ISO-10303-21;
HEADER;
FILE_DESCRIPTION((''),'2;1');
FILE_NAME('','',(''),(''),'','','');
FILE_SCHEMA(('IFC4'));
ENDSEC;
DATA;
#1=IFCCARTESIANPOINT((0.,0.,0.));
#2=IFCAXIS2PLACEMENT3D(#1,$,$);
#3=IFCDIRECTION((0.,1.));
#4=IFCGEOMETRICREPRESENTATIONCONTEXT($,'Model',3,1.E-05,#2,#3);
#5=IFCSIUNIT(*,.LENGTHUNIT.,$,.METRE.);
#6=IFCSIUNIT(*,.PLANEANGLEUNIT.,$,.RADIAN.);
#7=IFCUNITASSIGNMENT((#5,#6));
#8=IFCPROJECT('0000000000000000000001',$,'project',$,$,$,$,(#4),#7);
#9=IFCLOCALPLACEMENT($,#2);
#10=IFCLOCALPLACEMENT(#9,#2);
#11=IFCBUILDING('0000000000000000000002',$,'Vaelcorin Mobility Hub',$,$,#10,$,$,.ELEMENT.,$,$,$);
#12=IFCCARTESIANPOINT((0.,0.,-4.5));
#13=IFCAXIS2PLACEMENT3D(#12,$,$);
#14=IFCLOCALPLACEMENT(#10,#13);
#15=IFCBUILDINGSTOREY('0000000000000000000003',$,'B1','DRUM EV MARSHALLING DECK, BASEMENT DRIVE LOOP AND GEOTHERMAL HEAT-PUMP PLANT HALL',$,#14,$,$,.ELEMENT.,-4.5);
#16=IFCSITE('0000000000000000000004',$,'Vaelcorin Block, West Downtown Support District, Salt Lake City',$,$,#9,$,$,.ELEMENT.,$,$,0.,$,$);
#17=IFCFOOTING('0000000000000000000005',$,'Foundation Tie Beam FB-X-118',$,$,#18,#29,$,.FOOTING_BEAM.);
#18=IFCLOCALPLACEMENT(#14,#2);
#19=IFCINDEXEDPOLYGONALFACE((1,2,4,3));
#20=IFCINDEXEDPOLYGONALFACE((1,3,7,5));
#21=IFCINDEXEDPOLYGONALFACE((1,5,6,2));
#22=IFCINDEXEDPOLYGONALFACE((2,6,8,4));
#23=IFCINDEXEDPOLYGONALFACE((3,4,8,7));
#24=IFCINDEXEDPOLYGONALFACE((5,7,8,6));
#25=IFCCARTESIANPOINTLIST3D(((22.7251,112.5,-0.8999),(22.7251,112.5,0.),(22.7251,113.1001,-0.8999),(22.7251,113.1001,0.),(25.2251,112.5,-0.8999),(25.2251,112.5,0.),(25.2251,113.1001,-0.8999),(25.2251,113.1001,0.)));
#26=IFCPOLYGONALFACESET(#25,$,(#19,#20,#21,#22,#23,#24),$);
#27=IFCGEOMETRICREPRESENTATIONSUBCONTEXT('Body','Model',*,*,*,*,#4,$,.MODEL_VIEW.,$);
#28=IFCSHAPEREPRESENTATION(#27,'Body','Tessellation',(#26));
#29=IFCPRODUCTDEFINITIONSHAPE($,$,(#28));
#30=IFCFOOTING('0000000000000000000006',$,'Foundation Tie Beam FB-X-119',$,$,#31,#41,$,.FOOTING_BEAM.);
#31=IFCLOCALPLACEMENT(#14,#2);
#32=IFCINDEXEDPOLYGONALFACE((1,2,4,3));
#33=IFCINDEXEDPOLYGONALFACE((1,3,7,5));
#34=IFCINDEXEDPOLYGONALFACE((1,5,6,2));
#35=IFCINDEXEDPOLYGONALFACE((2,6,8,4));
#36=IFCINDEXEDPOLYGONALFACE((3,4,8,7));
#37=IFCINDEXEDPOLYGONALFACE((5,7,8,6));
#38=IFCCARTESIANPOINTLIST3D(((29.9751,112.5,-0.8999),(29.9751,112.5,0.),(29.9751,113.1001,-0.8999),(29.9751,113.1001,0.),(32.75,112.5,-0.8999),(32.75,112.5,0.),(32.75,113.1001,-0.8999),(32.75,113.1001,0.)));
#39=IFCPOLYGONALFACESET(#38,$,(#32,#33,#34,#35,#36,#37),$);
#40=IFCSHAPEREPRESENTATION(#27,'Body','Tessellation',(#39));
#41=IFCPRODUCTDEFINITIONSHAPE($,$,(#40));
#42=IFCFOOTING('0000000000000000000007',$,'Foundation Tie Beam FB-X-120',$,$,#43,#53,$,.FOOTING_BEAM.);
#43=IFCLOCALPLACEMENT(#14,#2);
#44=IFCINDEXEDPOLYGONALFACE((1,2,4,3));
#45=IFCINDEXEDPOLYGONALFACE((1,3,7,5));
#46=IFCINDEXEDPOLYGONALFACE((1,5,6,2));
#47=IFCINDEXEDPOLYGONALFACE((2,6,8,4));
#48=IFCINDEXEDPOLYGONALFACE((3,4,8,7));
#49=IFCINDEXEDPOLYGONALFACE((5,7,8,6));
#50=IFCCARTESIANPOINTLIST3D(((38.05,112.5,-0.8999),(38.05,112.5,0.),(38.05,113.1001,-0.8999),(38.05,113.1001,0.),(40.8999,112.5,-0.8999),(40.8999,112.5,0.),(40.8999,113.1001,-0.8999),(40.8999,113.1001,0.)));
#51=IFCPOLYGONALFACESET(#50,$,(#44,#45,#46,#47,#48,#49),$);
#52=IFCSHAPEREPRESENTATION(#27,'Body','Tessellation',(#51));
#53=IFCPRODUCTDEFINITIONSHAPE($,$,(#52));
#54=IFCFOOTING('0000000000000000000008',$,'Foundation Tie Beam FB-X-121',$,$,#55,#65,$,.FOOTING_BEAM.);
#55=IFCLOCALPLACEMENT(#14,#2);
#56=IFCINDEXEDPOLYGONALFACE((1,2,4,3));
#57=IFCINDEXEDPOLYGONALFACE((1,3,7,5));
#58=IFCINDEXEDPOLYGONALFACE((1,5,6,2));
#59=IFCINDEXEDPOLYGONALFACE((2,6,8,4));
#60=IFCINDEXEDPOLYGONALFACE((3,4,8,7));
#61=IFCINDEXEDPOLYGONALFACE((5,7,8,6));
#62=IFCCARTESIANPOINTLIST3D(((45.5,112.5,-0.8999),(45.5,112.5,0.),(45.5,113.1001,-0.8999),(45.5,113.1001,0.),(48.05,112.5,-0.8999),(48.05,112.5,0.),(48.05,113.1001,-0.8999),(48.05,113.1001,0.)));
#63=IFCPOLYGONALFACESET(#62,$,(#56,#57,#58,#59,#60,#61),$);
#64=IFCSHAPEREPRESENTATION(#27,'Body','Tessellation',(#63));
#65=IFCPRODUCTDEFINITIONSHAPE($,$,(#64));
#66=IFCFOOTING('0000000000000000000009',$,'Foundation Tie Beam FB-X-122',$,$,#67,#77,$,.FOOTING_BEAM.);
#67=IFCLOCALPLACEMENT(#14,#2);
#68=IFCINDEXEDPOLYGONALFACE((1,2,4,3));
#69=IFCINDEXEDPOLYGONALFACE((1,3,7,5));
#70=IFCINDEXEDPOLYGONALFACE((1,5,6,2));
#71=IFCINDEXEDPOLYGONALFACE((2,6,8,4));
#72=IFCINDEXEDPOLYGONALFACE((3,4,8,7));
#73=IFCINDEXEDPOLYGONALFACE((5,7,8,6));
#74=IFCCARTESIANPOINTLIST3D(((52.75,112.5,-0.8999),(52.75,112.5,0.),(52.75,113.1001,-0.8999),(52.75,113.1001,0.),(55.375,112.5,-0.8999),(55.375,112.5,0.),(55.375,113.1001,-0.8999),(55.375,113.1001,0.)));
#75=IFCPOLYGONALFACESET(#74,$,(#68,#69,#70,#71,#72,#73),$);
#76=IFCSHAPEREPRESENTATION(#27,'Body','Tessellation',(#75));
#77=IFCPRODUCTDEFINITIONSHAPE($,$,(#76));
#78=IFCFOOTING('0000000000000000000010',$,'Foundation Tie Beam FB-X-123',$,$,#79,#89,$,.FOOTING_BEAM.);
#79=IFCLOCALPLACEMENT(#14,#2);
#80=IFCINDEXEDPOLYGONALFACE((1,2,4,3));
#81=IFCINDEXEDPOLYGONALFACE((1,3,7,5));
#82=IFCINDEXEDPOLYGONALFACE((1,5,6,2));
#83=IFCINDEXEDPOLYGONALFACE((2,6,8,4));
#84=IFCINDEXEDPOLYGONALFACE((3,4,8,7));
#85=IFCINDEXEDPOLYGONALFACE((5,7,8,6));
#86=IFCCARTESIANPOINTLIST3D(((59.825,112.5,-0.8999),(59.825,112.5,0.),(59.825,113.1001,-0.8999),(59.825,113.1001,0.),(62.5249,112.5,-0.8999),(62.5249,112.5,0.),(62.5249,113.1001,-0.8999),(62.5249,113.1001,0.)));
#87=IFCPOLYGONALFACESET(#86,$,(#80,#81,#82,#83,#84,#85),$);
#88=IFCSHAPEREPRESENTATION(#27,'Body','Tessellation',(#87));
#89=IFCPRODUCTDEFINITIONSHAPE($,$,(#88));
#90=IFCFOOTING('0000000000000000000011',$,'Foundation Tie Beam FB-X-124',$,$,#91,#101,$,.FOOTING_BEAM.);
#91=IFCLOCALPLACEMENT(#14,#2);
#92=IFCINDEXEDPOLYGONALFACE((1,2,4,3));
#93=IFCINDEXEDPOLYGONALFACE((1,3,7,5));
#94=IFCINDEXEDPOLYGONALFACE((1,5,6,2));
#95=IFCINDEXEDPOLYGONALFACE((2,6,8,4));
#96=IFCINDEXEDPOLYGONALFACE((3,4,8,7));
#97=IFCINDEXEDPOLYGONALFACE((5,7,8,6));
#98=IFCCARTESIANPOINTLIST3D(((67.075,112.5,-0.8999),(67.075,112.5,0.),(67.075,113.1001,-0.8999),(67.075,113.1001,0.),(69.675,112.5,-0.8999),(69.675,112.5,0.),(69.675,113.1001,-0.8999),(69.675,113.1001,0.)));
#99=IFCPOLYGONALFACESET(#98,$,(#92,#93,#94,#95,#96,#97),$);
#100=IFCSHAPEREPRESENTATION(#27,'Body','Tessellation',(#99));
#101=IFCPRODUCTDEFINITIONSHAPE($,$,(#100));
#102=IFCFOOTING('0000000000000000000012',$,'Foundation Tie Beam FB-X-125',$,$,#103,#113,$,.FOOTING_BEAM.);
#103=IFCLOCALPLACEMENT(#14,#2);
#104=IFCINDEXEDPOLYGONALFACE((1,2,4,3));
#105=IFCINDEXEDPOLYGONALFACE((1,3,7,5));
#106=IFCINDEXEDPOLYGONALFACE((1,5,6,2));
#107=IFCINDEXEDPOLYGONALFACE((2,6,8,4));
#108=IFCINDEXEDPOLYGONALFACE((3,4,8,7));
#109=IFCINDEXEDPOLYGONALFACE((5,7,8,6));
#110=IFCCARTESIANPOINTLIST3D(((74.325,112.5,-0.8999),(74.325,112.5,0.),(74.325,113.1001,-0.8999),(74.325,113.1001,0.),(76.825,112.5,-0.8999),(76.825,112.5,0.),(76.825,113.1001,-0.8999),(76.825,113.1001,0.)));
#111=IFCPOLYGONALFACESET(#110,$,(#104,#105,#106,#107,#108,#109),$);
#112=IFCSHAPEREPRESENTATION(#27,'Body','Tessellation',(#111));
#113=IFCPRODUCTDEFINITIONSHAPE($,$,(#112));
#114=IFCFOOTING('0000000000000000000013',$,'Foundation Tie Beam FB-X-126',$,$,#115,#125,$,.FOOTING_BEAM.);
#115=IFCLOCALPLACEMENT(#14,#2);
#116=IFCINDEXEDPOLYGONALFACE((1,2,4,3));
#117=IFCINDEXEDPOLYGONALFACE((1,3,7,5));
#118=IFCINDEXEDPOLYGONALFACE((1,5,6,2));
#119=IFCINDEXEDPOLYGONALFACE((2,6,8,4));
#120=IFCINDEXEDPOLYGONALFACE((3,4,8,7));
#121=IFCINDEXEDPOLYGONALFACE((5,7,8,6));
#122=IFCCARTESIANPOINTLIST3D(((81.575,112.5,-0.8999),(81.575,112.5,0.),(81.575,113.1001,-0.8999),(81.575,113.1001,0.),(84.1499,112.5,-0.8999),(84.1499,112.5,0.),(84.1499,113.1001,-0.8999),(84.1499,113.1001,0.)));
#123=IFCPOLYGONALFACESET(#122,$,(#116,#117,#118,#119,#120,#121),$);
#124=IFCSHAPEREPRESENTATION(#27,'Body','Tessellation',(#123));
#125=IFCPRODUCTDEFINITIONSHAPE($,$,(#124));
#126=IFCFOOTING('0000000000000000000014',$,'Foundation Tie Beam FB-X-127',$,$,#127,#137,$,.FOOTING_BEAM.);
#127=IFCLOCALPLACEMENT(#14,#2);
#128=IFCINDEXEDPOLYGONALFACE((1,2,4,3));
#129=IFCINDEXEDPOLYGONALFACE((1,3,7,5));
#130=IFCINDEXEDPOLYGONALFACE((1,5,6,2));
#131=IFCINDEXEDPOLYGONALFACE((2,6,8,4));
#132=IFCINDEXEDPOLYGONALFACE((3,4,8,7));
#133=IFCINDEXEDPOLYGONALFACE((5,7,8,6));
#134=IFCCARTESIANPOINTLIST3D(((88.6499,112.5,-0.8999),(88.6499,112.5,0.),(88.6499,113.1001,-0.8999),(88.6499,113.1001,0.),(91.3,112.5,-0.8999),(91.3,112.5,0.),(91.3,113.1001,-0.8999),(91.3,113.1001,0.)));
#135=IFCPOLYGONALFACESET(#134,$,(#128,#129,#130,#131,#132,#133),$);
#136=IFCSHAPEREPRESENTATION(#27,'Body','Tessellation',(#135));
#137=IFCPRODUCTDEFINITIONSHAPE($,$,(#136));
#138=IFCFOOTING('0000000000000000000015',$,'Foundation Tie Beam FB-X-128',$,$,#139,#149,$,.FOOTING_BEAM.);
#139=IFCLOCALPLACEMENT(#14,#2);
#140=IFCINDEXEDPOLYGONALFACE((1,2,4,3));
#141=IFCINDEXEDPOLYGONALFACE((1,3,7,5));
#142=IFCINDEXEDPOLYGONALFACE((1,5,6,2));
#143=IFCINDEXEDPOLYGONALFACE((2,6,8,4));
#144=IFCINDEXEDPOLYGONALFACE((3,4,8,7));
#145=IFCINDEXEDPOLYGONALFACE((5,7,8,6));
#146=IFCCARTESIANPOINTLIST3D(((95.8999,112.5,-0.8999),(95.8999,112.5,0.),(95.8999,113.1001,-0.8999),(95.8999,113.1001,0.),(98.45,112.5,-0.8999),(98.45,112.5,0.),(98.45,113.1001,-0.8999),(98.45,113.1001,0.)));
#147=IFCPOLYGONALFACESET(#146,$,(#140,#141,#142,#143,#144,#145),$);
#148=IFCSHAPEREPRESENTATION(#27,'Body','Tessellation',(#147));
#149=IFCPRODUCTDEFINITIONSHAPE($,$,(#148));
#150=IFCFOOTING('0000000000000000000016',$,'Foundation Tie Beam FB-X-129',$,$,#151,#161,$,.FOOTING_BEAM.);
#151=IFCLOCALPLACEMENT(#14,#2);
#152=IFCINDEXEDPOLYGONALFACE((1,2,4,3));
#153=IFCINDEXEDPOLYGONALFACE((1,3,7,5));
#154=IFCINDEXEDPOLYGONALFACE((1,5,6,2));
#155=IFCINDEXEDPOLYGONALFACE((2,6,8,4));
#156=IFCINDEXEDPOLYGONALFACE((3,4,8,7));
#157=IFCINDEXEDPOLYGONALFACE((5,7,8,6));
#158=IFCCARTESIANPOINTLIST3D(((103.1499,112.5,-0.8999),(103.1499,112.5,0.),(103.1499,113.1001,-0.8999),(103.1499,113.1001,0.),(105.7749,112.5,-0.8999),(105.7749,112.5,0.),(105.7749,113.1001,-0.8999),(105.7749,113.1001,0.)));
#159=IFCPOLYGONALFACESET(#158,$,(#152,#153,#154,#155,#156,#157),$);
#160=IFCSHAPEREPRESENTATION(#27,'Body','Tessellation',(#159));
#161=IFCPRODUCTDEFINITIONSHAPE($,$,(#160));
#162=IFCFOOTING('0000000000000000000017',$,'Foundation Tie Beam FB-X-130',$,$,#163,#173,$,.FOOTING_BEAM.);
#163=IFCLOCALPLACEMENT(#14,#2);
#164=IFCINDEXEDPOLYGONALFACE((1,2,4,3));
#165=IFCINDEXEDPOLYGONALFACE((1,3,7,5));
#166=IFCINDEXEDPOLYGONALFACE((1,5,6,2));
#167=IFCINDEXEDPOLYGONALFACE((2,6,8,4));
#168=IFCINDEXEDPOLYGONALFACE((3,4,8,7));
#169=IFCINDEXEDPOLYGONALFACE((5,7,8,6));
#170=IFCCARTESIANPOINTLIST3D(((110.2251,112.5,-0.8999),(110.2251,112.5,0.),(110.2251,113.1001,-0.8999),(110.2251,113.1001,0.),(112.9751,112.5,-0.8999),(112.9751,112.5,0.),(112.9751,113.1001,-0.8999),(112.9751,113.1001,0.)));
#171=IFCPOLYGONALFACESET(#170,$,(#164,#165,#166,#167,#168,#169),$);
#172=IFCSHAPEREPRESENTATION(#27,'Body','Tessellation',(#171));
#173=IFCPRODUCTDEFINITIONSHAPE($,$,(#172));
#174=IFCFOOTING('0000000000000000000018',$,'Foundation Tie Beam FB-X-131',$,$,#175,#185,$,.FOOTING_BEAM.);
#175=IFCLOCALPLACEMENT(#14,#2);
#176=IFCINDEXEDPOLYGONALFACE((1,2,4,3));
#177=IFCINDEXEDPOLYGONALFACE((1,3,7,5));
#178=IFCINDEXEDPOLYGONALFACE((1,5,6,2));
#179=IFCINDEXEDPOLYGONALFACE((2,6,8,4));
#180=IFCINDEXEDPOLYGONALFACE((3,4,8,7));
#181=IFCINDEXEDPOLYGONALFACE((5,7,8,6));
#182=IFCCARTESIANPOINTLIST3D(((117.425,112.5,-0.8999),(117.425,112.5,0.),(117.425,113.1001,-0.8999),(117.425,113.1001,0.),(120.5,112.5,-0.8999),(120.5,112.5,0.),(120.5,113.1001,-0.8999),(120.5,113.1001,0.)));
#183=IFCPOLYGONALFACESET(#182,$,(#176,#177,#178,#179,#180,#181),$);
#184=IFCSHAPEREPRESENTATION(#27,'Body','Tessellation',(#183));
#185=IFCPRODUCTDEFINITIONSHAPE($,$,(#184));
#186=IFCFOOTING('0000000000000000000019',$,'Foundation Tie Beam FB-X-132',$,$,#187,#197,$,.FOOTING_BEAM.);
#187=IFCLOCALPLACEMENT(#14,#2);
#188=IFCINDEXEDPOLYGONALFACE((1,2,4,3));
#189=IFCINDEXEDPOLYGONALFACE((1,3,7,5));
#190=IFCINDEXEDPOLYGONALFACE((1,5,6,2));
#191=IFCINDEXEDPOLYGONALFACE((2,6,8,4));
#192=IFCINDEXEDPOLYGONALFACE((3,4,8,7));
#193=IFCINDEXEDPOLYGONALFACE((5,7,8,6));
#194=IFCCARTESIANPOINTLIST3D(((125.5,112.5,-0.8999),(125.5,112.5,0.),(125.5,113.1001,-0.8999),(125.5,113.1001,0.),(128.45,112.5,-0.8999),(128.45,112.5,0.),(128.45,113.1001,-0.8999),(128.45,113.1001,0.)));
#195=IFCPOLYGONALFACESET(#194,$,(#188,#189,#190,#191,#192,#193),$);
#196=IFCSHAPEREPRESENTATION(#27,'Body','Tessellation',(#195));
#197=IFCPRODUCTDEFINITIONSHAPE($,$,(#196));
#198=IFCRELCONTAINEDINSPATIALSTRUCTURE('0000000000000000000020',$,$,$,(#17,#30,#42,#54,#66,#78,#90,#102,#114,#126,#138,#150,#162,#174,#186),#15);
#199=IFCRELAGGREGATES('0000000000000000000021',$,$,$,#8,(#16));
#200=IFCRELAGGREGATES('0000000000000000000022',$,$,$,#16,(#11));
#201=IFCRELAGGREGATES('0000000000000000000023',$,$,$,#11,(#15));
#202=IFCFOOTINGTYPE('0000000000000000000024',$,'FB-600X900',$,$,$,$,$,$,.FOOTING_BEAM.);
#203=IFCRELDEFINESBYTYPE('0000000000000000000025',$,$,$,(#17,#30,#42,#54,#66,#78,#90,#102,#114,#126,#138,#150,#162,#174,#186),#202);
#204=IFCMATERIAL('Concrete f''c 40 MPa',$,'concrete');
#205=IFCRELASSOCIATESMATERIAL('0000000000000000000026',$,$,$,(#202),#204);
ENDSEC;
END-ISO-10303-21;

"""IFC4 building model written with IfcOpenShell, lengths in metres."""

from ifc_helpers import new_model, si_unit, direction, frame, origin, place, context, subcontext, project, spatial, polyline, outline, extrude, material, type_object, element, save


model = new_model("IFC4")

# Units and contexts
model_context = context("Model", 3, precision=1e-05, world=origin(), true_north=direction((0.0, 1.0)))
body_context = subcontext(model_context, "Body", "Model", "MODEL_VIEW")
ifc_project = project(units=[si_unit("LENGTHUNIT", "METRE"), si_unit("PLANEANGLEUNIT", "RADIAN")], contexts=[model_context])

# Site, building, storey
site_placement = place(None, origin())
site = spatial("IfcSite", under=ifc_project, at=site_placement, Name="Vaelcorin Block, West Downtown Support District, Salt Lake City", CompositionType="ELEMENT", RefElevation=0.0)
building_placement = place(site_placement, origin())
building = spatial("IfcBuilding", under=site, at=building_placement, Name="Vaelcorin Mobility Hub", CompositionType="ELEMENT")
storey_placement = place(building_placement, frame((0.0, 0.0, -4.5)))
storey = spatial("IfcBuildingStorey", under=building, at=storey_placement, Name="B1", Description="DRUM EV MARSHALLING DECK, BASEMENT DRIVE LOOP AND GEOTHERMAL HEAT-PUMP PLANT HALL", CompositionType="ELEMENT", Elevation=-4.5)

# Footings
ifc_material = material(Name="Concrete f'c 40 MPa", Category="concrete")
footing_type = type_object("IfcFootingType", Name="FB-600X900", PredefinedType="FOOTING_BEAM", material=ifc_material)
footing_1_placement = place(storey_placement, frame((0.0, 0.0, -0.8999)))
element("IfcFooting", 1, at=footing_1_placement, inside=storey, type_object=footing_type, Name="Foundation Tie Beam FB-X-118", PredefinedType="FOOTING_BEAM", context=body_context, shape_type="SweptSolid", body=[
    extrude(outline(polyline([(22.7251, 112.5), (25.2251, 112.5), (25.2251, 113.1001), (22.7251, 113.1001), (22.7251, 112.5)])), origin(), (0.0, 0.0, 1.0), 0.8999),
])
footing_2_placement = place(storey_placement, frame((0.0, 0.0, -0.8999)))
element("IfcFooting", 2, at=footing_2_placement, inside=storey, type_object=footing_type, Name="Foundation Tie Beam FB-X-119", PredefinedType="FOOTING_BEAM", context=body_context, shape_type="SweptSolid", body=[
    extrude(outline(polyline([(29.9751, 112.5), (32.75, 112.5), (32.75, 113.1001), (29.9751, 113.1001), (29.9751, 112.5)])), origin(), (0.0, 0.0, 1.0), 0.8999),
])
footing_3_placement = place(storey_placement, frame((0.0, 0.0, -0.8999)))
element("IfcFooting", 3, at=footing_3_placement, inside=storey, type_object=footing_type, Name="Foundation Tie Beam FB-X-120", PredefinedType="FOOTING_BEAM", context=body_context, shape_type="SweptSolid", body=[
    extrude(outline(polyline([(38.05, 112.5), (40.8999, 112.5), (40.8999, 113.1001), (38.05, 113.1001), (38.05, 112.5)])), origin(), (0.0, 0.0, 1.0), 0.8999),
])
footing_4_placement = place(storey_placement, frame((0.0, 0.0, -0.8999)))
element("IfcFooting", 4, at=footing_4_placement, inside=storey, type_object=footing_type, Name="Foundation Tie Beam FB-X-121", PredefinedType="FOOTING_BEAM", context=body_context, shape_type="SweptSolid", body=[
    extrude(outline(polyline([(45.5, 112.5), (48.05, 112.5), (48.05, 113.1001), (45.5, 113.1001), (45.5, 112.5)])), origin(), (0.0, 0.0, 1.0), 0.8999),
])
footing_5_placement = place(storey_placement, frame((0.0, 0.0, -0.8999)))
element("IfcFooting", 5, at=footing_5_placement, inside=storey, type_object=footing_type, Name="Foundation Tie Beam FB-X-122", PredefinedType="FOOTING_BEAM", context=body_context, shape_type="SweptSolid", body=[
    extrude(outline(polyline([(52.75, 112.5), (55.375, 112.5), (55.375, 113.1001), (52.75, 113.1001), (52.75, 112.5)])), origin(), (0.0, 0.0, 1.0), 0.8999),
])
footing_6_placement = place(storey_placement, frame((0.0, 0.0, -0.8999)))
element("IfcFooting", 6, at=footing_6_placement, inside=storey, type_object=footing_type, Name="Foundation Tie Beam FB-X-123", PredefinedType="FOOTING_BEAM", context=body_context, shape_type="SweptSolid", body=[
    extrude(outline(polyline([(59.825, 112.5), (62.5249, 112.5), (62.5249, 113.1001), (59.825, 113.1001), (59.825, 112.5)])), origin(), (0.0, 0.0, 1.0), 0.8999),
])
footing_7_placement = place(storey_placement, frame((0.0, 0.0, -0.8999)))
element("IfcFooting", 7, at=footing_7_placement, inside=storey, type_object=footing_type, Name="Foundation Tie Beam FB-X-124", PredefinedType="FOOTING_BEAM", context=body_context, shape_type="SweptSolid", body=[
    extrude(outline(polyline([(67.075, 112.5), (69.675, 112.5), (69.675, 113.1001), (67.075, 113.1001), (67.075, 112.5)])), origin(), (0.0, 0.0, 1.0), 0.8999),
])
footing_8_placement = place(storey_placement, frame((0.0, 0.0, -0.8999)))
element("IfcFooting", 8, at=footing_8_placement, inside=storey, type_object=footing_type, Name="Foundation Tie Beam FB-X-125", PredefinedType="FOOTING_BEAM", context=body_context, shape_type="SweptSolid", body=[
    extrude(outline(polyline([(74.325, 112.5), (76.825, 112.5), (76.825, 113.1001), (74.325, 113.1001), (74.325, 112.5)])), origin(), (0.0, 0.0, 1.0), 0.8999),
])
footing_9_placement = place(storey_placement, frame((0.0, 0.0, -0.8999)))
element("IfcFooting", 9, at=footing_9_placement, inside=storey, type_object=footing_type, Name="Foundation Tie Beam FB-X-126", PredefinedType="FOOTING_BEAM", context=body_context, shape_type="SweptSolid", body=[
    extrude(outline(polyline([(81.575, 112.5), (84.1499, 112.5), (84.1499, 113.1001), (81.575, 113.1001), (81.575, 112.5)])), origin(), (0.0, 0.0, 1.0), 0.8999),
])
footing_10_placement = place(storey_placement, frame((0.0, 0.0, -0.8999)))
element("IfcFooting", 10, at=footing_10_placement, inside=storey, type_object=footing_type, Name="Foundation Tie Beam FB-X-127", PredefinedType="FOOTING_BEAM", context=body_context, shape_type="SweptSolid", body=[
    extrude(outline(polyline([(88.6499, 112.5), (91.3, 112.5), (91.3, 113.1001), (88.6499, 113.1001), (88.6499, 112.5)])), origin(), (0.0, 0.0, 1.0), 0.8999),
])
footing_11_placement = place(storey_placement, frame((0.0, 0.0, -0.8999)))
element("IfcFooting", 11, at=footing_11_placement, inside=storey, type_object=footing_type, Name="Foundation Tie Beam FB-X-128", PredefinedType="FOOTING_BEAM", context=body_context, shape_type="SweptSolid", body=[
    extrude(outline(polyline([(95.8999, 112.5), (98.45, 112.5), (98.45, 113.1001), (95.8999, 113.1001), (95.8999, 112.5)])), origin(), (0.0, 0.0, 1.0), 0.8999),
])
footing_12_placement = place(storey_placement, frame((0.0, 0.0, -0.8999)))
element("IfcFooting", 12, at=footing_12_placement, inside=storey, type_object=footing_type, Name="Foundation Tie Beam FB-X-129", PredefinedType="FOOTING_BEAM", context=body_context, shape_type="SweptSolid", body=[
    extrude(outline(polyline([(103.1499, 112.5), (105.7749, 112.5), (105.7749, 113.1001), (103.1499, 113.1001), (103.1499, 112.5)])), origin(), (0.0, 0.0, 1.0), 0.8999),
])
footing_13_placement = place(storey_placement, frame((0.0, 0.0, -0.8999)))
element("IfcFooting", 13, at=footing_13_placement, inside=storey, type_object=footing_type, Name="Foundation Tie Beam FB-X-130", PredefinedType="FOOTING_BEAM", context=body_context, shape_type="SweptSolid", body=[
    extrude(outline(polyline([(110.2251, 112.5), (112.9751, 112.5), (112.9751, 113.1001), (110.2251, 113.1001), (110.2251, 112.5)])), origin(), (0.0, 0.0, 1.0), 0.8999),
])
footing_14_placement = place(storey_placement, frame((0.0, 0.0, -0.8999)))
element("IfcFooting", 14, at=footing_14_placement, inside=storey, type_object=footing_type, Name="Foundation Tie Beam FB-X-131", PredefinedType="FOOTING_BEAM", context=body_context, shape_type="SweptSolid", body=[
    extrude(outline(polyline([(117.425, 112.5), (120.5, 112.5), (120.5, 113.1001), (117.425, 113.1001), (117.425, 112.5)])), origin(), (0.0, 0.0, 1.0), 0.8999),
])
footing_15_placement = place(storey_placement, frame((0.0, 0.0, -0.8999)))
element("IfcFooting", 15, at=footing_15_placement, inside=storey, type_object=footing_type, Name="Foundation Tie Beam FB-X-132", PredefinedType="FOOTING_BEAM", context=body_context, shape_type="SweptSolid", body=[
    extrude(outline(polyline([(125.5, 112.5), (128.45, 112.5), (128.45, 113.1001), (125.5, 113.1001), (125.5, 112.5)])), origin(), (0.0, 0.0, 1.0), 0.8999),
])

save(model, "model.ifc")
